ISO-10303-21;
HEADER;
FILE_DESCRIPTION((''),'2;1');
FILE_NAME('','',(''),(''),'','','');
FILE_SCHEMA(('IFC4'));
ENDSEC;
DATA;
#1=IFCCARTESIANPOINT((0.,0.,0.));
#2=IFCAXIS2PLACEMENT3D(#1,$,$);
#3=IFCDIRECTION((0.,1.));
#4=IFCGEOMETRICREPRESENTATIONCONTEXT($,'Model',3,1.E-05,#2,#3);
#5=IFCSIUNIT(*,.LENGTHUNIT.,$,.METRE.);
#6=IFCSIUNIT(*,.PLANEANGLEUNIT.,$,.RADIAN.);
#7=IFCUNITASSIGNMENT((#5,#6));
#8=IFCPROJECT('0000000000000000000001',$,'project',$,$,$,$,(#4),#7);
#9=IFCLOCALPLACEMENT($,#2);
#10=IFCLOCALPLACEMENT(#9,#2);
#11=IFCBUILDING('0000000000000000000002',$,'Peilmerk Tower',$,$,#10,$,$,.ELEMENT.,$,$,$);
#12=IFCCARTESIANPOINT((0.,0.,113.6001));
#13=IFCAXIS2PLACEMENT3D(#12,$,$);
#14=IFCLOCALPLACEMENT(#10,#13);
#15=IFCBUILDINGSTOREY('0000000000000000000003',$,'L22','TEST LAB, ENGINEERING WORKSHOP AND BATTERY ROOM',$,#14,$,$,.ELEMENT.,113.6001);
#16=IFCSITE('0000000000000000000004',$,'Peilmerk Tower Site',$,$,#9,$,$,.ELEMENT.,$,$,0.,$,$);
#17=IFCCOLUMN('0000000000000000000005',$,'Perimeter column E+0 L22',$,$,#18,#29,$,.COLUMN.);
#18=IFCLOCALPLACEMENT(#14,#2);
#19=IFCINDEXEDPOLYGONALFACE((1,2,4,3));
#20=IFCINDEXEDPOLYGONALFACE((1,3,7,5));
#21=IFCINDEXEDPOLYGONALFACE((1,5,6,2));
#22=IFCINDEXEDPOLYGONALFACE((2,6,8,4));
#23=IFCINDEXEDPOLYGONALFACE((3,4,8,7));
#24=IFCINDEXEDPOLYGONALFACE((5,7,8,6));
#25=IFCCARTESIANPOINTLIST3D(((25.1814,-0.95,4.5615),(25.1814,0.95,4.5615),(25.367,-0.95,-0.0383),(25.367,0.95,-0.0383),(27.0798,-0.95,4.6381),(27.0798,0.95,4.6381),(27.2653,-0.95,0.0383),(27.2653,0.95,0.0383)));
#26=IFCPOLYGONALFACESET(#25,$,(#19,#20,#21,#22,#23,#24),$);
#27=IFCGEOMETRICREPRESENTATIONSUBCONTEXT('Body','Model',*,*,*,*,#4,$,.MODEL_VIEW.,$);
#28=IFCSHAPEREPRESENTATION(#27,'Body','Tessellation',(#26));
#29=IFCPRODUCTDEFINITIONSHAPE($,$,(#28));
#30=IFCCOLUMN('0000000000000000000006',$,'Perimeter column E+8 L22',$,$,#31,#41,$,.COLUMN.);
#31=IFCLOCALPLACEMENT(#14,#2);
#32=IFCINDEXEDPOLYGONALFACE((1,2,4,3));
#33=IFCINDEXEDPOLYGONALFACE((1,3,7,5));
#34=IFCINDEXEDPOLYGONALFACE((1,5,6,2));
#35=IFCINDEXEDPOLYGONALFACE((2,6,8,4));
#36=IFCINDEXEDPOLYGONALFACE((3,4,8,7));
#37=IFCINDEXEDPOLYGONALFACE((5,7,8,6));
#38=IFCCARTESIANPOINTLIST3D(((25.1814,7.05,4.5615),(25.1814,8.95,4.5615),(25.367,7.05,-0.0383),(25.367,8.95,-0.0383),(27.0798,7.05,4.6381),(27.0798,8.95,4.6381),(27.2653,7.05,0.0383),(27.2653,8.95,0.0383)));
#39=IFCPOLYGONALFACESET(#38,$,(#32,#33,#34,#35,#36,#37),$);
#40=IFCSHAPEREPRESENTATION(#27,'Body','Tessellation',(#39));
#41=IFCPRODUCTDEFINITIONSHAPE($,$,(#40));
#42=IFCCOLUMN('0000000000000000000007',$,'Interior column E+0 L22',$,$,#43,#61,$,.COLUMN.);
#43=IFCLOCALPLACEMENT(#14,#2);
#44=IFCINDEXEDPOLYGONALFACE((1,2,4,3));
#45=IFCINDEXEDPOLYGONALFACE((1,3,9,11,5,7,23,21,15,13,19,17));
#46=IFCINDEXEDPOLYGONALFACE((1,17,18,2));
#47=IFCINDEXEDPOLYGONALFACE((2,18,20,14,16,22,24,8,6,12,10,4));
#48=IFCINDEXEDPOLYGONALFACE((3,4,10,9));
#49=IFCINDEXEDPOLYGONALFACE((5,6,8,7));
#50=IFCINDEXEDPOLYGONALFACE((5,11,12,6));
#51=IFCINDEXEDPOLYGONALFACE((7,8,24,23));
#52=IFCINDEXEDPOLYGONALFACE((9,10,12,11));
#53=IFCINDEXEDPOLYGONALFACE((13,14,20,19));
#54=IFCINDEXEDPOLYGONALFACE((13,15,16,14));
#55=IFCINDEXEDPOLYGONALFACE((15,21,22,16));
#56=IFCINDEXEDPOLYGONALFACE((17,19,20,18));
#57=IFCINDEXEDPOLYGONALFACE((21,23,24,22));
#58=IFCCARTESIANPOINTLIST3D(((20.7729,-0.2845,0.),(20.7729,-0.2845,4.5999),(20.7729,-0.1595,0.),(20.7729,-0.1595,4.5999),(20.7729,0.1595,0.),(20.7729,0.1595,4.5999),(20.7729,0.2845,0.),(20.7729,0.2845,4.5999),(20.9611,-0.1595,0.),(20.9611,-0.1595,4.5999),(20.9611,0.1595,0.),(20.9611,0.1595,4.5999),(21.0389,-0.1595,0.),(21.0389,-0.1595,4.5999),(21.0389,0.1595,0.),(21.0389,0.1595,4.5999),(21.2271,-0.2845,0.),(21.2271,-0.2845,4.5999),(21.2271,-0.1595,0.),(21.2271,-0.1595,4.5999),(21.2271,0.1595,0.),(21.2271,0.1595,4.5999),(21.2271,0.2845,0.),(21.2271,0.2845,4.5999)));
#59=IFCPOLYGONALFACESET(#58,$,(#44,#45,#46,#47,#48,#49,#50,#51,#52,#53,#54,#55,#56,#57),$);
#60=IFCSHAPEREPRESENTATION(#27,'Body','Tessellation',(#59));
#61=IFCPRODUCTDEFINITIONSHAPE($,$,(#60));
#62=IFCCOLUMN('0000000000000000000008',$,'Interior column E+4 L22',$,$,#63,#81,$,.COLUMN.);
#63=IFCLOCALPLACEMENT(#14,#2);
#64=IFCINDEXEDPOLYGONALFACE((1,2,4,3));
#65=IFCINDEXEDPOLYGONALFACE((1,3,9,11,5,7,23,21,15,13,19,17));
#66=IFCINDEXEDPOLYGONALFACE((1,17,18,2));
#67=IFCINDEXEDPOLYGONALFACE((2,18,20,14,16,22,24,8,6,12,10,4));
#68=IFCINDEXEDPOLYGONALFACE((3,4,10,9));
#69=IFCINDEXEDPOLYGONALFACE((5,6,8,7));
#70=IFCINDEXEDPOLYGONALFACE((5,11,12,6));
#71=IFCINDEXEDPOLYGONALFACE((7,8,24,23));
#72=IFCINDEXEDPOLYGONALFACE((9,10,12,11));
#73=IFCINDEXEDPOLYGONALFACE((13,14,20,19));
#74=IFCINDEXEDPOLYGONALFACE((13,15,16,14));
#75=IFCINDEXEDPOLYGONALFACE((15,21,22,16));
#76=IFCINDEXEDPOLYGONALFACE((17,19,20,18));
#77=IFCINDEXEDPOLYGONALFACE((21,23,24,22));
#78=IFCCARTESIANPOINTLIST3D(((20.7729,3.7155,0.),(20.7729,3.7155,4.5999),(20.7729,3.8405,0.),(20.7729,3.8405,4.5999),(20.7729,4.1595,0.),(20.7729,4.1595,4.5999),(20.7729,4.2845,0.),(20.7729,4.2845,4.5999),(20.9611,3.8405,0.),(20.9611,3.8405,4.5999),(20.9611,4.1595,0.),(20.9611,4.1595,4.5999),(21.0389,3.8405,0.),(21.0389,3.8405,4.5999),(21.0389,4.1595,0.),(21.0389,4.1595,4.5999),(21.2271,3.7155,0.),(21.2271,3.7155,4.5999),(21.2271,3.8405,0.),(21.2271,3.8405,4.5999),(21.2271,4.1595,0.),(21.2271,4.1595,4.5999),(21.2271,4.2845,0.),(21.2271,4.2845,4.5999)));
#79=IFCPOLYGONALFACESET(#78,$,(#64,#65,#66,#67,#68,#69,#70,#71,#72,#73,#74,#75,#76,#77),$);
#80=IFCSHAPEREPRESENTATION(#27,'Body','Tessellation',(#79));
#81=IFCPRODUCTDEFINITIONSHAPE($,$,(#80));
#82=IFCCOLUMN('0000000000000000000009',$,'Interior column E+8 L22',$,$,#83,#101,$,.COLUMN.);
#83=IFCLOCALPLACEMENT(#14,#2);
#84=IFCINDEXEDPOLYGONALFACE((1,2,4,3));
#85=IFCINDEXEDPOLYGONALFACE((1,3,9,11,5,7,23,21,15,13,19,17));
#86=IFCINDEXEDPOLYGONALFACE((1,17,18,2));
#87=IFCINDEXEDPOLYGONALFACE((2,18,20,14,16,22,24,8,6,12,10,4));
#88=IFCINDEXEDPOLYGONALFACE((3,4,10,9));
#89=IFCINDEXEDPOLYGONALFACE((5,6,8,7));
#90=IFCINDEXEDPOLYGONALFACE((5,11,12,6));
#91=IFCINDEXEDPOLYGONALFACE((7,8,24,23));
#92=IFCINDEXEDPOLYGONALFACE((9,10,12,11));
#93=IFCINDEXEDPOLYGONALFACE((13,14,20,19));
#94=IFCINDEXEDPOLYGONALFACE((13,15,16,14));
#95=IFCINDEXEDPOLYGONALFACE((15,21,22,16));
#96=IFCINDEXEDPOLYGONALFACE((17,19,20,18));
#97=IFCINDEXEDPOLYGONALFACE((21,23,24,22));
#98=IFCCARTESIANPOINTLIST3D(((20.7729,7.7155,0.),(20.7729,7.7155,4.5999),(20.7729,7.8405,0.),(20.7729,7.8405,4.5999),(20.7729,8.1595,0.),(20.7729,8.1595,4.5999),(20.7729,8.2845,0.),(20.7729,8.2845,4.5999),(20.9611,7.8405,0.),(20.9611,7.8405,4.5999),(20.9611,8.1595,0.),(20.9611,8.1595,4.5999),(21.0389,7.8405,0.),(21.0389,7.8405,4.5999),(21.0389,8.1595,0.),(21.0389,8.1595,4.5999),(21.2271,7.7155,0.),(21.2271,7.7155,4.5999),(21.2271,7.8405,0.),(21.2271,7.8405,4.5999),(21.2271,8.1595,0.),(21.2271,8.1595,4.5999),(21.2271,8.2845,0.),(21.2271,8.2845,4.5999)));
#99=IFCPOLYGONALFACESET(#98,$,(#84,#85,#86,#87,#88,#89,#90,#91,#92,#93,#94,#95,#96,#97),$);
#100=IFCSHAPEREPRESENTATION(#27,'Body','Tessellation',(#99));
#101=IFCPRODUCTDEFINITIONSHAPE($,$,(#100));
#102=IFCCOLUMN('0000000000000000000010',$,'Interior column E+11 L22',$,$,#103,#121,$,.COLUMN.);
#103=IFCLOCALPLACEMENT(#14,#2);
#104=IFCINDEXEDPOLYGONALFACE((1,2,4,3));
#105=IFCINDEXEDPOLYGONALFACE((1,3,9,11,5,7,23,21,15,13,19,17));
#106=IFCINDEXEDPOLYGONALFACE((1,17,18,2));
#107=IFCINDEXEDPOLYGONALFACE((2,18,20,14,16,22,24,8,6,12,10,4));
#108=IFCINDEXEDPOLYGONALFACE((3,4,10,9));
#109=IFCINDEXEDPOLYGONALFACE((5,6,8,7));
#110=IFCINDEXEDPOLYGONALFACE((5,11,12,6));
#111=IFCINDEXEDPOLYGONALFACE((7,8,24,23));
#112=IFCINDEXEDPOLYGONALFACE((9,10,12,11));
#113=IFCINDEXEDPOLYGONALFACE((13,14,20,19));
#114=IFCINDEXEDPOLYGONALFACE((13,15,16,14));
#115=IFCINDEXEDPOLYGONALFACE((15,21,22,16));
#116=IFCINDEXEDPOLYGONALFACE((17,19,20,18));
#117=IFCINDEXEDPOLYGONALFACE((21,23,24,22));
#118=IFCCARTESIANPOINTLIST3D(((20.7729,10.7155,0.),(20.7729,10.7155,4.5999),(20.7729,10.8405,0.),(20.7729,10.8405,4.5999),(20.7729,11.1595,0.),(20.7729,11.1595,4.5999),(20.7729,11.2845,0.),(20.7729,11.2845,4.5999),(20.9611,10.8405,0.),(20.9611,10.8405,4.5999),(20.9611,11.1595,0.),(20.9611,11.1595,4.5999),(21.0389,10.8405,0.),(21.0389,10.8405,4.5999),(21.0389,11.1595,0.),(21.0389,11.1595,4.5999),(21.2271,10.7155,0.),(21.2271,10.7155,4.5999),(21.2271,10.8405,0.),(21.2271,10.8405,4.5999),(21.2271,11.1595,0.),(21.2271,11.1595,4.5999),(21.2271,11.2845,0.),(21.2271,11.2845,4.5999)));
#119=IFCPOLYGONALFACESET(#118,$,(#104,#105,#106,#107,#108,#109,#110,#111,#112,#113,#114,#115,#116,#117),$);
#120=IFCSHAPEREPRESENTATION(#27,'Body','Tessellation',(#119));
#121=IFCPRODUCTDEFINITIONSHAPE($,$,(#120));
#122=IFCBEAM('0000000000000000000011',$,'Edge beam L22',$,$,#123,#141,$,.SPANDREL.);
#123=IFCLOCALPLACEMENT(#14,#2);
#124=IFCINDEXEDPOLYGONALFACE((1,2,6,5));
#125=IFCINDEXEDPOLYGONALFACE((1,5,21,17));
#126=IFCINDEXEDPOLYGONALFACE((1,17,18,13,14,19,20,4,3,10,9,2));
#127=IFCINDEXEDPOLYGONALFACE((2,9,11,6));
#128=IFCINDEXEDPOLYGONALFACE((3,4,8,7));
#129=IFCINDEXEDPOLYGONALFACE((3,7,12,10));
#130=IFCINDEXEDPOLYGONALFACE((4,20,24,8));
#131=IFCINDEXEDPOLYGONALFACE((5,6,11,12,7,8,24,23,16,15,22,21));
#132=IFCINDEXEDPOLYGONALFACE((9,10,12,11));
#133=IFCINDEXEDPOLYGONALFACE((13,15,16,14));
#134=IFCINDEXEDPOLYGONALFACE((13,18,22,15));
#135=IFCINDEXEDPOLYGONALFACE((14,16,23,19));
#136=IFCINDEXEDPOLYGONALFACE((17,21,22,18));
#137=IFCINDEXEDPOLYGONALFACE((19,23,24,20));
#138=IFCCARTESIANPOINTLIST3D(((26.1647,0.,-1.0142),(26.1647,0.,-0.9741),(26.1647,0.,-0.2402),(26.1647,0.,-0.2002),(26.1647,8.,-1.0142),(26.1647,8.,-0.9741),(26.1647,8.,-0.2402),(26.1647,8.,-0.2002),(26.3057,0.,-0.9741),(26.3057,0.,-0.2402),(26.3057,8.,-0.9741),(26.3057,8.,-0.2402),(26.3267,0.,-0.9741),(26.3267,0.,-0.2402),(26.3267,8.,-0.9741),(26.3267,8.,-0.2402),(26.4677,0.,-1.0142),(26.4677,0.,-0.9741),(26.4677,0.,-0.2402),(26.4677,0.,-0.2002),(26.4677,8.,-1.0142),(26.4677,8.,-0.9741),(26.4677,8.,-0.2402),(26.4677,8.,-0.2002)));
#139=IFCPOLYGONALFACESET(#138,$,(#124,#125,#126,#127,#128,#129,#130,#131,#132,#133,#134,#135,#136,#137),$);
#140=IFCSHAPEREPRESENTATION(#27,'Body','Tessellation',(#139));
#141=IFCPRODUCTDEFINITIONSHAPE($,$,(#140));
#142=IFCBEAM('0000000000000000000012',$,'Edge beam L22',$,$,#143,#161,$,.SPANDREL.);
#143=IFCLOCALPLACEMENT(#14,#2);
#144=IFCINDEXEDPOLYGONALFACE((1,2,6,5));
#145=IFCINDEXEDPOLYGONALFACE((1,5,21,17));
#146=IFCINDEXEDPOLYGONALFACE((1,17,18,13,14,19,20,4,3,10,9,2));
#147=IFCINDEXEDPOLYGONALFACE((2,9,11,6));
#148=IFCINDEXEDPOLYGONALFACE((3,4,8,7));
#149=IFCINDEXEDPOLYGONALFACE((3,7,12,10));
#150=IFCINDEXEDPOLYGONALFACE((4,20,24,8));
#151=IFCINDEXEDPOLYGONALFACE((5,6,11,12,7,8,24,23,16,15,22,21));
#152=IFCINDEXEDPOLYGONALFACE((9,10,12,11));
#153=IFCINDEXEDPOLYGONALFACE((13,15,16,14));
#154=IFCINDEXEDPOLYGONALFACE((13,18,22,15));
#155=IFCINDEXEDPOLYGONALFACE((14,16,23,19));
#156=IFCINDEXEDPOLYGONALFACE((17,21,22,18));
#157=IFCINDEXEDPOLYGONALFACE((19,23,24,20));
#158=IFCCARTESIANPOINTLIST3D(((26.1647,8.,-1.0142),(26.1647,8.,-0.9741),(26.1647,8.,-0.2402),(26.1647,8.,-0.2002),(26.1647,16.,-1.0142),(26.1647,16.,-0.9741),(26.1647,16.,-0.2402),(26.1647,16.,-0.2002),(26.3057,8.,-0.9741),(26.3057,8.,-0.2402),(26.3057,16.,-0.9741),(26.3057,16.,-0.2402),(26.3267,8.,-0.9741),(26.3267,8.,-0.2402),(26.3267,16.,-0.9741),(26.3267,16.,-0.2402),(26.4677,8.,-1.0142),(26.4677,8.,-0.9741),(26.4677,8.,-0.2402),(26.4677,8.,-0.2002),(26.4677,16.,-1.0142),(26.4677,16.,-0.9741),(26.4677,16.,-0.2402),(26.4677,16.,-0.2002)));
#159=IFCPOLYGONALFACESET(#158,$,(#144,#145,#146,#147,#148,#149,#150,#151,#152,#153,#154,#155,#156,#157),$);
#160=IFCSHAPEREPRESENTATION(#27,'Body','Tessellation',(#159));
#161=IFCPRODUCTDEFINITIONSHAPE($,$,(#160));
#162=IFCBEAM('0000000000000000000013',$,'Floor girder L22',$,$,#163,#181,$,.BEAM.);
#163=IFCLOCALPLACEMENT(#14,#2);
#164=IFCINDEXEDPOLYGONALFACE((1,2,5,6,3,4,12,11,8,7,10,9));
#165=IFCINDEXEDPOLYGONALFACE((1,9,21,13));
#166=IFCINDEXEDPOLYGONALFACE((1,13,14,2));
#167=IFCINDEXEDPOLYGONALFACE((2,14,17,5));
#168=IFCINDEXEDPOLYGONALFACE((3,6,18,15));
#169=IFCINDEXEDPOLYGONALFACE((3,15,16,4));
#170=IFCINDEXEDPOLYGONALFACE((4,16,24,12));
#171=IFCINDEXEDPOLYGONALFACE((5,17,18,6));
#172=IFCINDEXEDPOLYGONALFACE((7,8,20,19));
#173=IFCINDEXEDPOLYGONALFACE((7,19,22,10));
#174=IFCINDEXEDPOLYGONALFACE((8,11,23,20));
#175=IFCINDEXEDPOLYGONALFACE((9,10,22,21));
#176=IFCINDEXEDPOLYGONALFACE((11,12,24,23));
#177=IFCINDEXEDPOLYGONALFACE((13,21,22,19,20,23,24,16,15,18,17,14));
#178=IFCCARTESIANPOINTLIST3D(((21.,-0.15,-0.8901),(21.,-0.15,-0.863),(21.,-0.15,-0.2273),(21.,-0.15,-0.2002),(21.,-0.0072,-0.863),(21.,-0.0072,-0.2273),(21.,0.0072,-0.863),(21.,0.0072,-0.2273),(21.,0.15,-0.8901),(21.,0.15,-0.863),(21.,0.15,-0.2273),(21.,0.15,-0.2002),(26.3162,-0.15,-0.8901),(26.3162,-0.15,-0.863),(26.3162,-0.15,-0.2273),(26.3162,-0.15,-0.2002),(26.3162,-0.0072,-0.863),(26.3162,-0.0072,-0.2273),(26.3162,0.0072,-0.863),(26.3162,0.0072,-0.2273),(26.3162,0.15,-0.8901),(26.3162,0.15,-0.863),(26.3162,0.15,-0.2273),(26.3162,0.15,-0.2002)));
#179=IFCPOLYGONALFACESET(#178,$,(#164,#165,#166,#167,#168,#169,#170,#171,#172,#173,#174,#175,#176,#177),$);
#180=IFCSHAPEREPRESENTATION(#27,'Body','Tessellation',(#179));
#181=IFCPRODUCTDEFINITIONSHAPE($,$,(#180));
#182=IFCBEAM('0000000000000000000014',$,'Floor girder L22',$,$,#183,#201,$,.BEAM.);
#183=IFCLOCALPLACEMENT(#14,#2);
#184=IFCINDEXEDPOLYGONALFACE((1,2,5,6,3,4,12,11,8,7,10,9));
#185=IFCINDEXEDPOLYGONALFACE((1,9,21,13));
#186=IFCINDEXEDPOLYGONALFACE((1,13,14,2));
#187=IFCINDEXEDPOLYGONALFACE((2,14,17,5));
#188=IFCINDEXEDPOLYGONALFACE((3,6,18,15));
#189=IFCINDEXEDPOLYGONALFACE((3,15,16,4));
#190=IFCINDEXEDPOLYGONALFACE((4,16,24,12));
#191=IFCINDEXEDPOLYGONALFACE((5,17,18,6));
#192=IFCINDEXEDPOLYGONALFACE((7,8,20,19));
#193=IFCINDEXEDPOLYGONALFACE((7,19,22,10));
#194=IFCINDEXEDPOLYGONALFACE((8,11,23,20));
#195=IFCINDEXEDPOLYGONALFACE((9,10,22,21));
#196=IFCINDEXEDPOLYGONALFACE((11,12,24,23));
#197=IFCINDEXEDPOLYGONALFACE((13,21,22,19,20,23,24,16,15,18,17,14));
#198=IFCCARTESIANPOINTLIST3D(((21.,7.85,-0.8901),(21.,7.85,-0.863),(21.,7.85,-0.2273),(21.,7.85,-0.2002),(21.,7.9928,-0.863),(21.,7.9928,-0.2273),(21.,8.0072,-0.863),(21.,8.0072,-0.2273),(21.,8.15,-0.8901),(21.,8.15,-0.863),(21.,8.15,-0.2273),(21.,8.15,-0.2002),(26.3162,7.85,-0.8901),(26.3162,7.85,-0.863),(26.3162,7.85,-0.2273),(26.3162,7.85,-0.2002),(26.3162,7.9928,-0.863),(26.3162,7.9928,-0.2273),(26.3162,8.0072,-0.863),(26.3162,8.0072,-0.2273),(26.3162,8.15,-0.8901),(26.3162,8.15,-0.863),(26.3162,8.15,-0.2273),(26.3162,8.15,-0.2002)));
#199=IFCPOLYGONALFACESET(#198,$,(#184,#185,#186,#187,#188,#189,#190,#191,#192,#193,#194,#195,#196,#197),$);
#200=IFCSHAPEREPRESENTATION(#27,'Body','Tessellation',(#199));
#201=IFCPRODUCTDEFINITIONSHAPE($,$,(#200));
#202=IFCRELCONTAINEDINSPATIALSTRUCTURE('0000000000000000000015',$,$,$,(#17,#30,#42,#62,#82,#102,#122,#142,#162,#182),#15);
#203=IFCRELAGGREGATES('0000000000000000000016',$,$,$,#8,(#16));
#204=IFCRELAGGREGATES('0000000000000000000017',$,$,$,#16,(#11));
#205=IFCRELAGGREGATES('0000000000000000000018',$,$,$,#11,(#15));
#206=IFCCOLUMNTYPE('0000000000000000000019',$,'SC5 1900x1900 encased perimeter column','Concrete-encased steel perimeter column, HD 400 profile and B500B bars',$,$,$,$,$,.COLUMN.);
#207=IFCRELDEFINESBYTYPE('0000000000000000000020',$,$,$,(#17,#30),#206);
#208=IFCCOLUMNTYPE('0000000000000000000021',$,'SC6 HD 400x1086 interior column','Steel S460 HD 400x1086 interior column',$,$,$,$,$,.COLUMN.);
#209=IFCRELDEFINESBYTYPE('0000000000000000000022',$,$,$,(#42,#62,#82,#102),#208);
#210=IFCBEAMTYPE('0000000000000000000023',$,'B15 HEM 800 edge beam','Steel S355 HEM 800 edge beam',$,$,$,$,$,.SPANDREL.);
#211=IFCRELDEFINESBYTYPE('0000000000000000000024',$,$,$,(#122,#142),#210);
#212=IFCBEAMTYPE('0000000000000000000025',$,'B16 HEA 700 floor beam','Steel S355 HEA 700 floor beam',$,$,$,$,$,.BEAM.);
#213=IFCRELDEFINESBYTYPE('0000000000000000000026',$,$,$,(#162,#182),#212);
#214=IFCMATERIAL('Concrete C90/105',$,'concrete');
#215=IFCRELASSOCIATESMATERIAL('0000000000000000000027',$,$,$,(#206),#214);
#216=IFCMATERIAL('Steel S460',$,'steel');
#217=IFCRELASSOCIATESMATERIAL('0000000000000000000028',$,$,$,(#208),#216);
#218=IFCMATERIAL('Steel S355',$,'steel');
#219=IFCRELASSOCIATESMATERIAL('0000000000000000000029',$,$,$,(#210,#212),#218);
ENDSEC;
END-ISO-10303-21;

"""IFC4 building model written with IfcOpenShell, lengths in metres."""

from ifc_helpers import new_model, si_unit, direction, frame, origin, origin_2d, place, context, subcontext, project, spatial, rectangle, i_section, extrude, material, material_profile, profile_set, type_object, element, save


model = new_model("IFC4")

# Units and contexts
model_context = context("Model", 3, precision=1e-05, world=origin(), true_north=direction((0.0, 1.0)))
body_context = subcontext(model_context, "Body", "Model", "MODEL_VIEW")
ifc_project = project(units=[si_unit("LENGTHUNIT", "METRE"), si_unit("PLANEANGLEUNIT", "RADIAN")], contexts=[model_context])

# Site, building, storey
site_placement = place(None, origin())
site = spatial("IfcSite", under=ifc_project, at=site_placement, Name="Peilmerk Tower Site", CompositionType="ELEMENT", RefElevation=0.0)
building_placement = place(site_placement, origin())
building = spatial("IfcBuilding", under=site, at=building_placement, Name="Peilmerk Tower", CompositionType="ELEMENT")
storey_placement = place(building_placement, frame((0.0, 0.0, 113.6001)))
storey = spatial("IfcBuildingStorey", under=building, at=storey_placement, Name="L22", Description="TEST LAB, ENGINEERING WORKSHOP AND BATTERY ROOM", CompositionType="ELEMENT", Elevation=113.6001)

# Columns
ifc_material_1 = material(Name="Concrete C90/105", Category="concrete")
ifc_material_profile_1 = material_profile(ifc_material_1, rectangle(XDim=1.8999, YDim=1.8999, at=origin_2d()), Name="RC 1900x1900")
ifc_profile_set_1 = profile_set([ifc_material_profile_1], Name="Concrete C90/105")
column_type_1 = type_object("IfcColumnType", Name="SC5 1900x1900 encased perimeter column", Description="Concrete-encased steel perimeter column, HD 400 profile and B500B bars", PredefinedType="COLUMN", material=ifc_profile_set_1)
for number, where, z_axis, x_axis, name in (
    (1, (26.3162, 0.0, 0.0), (-0.040305, 0.0, 0.999187), (0.0, -1.0, 0.0), "Perimeter column E+0 L22"),
    (2, (26.3162, 8.0, 0.0), (-0.040305, 0.0, 0.999187), (0.0, -1.0, 0.0), "Perimeter column E+8 L22"),
):
    element("IfcColumn", number, at=place(storey_placement, frame(where, z_axis=z_axis, x_axis=x_axis)), inside=storey, type_object=column_type_1, Name=name, PredefinedType="COLUMN", context=body_context, shape_type="SweptSolid", body=[
        extrude(rectangle(XDim=1.8999, YDim=1.8999, at=origin_2d()), origin(), (0.0, 0.0, 1.0), 4.6035),
    ])
ifc_material_2 = material(Name="Steel S460", Category="steel")
ifc_material_profile_2 = material_profile(ifc_material_2, i_section(OverallWidth=0.4541, OverallDepth=0.5691, WebThickness=0.0779, FlangeThickness=0.125, at=origin_2d()), Name="HD 400x1086")
ifc_profile_set_2 = profile_set([ifc_material_profile_2], Name="Steel S460")
column_type_2 = type_object("IfcColumnType", Name="SC6 HD 400x1086 interior column", Description="Steel S460 HD 400x1086 interior column", PredefinedType="COLUMN", material=ifc_profile_set_2)
for number, where, z_axis, x_axis, name in (
    (3, (21.0, 0.0, 0.0), (0.0, 0.0, 1.0), (1.0, 0.0, 0.0), "Interior column E+0 L22"),
    (4, (21.0, 4.0, 0.0), (0.0, 0.0, 1.0), (1.0, 0.0, 0.0), "Interior column E+4 L22"),
    (5, (21.0, 8.0, 0.0), (0.0, 0.0, 1.0), (1.0, 0.0, 0.0), "Interior column E+8 L22"),
    (6, (21.0, 11.0, 0.0), (0.0, 0.0, 1.0), (1.0, 0.0, 0.0), "Interior column E+11 L22"),
):
    element("IfcColumn", number, at=place(storey_placement, frame(where, z_axis=z_axis, x_axis=x_axis)), inside=storey, type_object=column_type_2, Name=name, PredefinedType="COLUMN", context=body_context, shape_type="SweptSolid", body=[
        extrude(i_section(OverallWidth=0.4541, OverallDepth=0.5691, WebThickness=0.0779, FlangeThickness=0.125, at=origin_2d()), origin(), (0.0, 0.0, 1.0), 4.5999),
    ])

# Beams
ifc_material_3 = material(Name="Steel S355", Category="steel")
ifc_material_profile_3 = material_profile(ifc_material_3, i_section(OverallWidth=0.303, OverallDepth=0.814, WebThickness=0.021, FlangeThickness=0.04, at=origin_2d()), Name="HEM 800")
ifc_profile_set_3 = profile_set([ifc_material_profile_3], Name="Steel S355")
beam_type_1 = type_object("IfcBeamType", Name="B15 HEM 800 edge beam", Description="Steel S355 HEM 800 edge beam", PredefinedType="SPANDREL", material=ifc_profile_set_3)
for number, where, z_axis, x_axis, name in (
    (7, (26.3162, 0.0, -0.6072), (0.0, 1.0, 0.0), (-1.0, 0.0, 0.0), "Edge beam L22"),
    (8, (26.3162, 8.0, -0.6072), (0.0, 1.0, 0.0), (-1.0, 0.0, 0.0), "Edge beam L22"),
):
    element("IfcBeam", number, at=place(storey_placement, frame(where, z_axis=z_axis, x_axis=x_axis)), inside=storey, type_object=beam_type_1, Name=name, PredefinedType="SPANDREL", context=body_context, shape_type="SweptSolid", body=[
        extrude(i_section(OverallWidth=0.303, OverallDepth=0.814, WebThickness=0.021, FlangeThickness=0.04, at=origin_2d()), origin(), (0.0, 0.0, 1.0), 8.0),
    ])
ifc_material_profile_4 = material_profile(ifc_material_3, i_section(OverallWidth=0.3, OverallDepth=0.6899, WebThickness=0.0144, FlangeThickness=0.0271, at=origin_2d()), Name="HEA 700")
ifc_profile_set_4 = profile_set([ifc_material_profile_4], Name="Steel S355")
beam_type_2 = type_object("IfcBeamType", Name="B16 HEA 700 floor beam", Description="Steel S355 HEA 700 floor beam", PredefinedType="BEAM", material=ifc_profile_set_4)
for number, where, z_axis, x_axis, name in (
    (9, (21.0, 0.0, -0.5452), (1.0, 0.0, 0.0), (0.0, 1.0, 0.0), "Floor girder L22"),
    (10, (21.0, 8.0, -0.5452), (1.0, 0.0, 0.0), (0.0, 1.0, 0.0), "Floor girder L22"),
):
    element("IfcBeam", number, at=place(storey_placement, frame(where, z_axis=z_axis, x_axis=x_axis)), inside=storey, type_object=beam_type_2, Name=name, PredefinedType="BEAM", context=body_context, shape_type="SweptSolid", body=[
        extrude(i_section(OverallWidth=0.3, OverallDepth=0.6899, WebThickness=0.0144, FlangeThickness=0.0271, at=origin_2d()), origin(), (0.0, 0.0, 1.0), 5.3162),
    ])

save(model, "model.ifc")
